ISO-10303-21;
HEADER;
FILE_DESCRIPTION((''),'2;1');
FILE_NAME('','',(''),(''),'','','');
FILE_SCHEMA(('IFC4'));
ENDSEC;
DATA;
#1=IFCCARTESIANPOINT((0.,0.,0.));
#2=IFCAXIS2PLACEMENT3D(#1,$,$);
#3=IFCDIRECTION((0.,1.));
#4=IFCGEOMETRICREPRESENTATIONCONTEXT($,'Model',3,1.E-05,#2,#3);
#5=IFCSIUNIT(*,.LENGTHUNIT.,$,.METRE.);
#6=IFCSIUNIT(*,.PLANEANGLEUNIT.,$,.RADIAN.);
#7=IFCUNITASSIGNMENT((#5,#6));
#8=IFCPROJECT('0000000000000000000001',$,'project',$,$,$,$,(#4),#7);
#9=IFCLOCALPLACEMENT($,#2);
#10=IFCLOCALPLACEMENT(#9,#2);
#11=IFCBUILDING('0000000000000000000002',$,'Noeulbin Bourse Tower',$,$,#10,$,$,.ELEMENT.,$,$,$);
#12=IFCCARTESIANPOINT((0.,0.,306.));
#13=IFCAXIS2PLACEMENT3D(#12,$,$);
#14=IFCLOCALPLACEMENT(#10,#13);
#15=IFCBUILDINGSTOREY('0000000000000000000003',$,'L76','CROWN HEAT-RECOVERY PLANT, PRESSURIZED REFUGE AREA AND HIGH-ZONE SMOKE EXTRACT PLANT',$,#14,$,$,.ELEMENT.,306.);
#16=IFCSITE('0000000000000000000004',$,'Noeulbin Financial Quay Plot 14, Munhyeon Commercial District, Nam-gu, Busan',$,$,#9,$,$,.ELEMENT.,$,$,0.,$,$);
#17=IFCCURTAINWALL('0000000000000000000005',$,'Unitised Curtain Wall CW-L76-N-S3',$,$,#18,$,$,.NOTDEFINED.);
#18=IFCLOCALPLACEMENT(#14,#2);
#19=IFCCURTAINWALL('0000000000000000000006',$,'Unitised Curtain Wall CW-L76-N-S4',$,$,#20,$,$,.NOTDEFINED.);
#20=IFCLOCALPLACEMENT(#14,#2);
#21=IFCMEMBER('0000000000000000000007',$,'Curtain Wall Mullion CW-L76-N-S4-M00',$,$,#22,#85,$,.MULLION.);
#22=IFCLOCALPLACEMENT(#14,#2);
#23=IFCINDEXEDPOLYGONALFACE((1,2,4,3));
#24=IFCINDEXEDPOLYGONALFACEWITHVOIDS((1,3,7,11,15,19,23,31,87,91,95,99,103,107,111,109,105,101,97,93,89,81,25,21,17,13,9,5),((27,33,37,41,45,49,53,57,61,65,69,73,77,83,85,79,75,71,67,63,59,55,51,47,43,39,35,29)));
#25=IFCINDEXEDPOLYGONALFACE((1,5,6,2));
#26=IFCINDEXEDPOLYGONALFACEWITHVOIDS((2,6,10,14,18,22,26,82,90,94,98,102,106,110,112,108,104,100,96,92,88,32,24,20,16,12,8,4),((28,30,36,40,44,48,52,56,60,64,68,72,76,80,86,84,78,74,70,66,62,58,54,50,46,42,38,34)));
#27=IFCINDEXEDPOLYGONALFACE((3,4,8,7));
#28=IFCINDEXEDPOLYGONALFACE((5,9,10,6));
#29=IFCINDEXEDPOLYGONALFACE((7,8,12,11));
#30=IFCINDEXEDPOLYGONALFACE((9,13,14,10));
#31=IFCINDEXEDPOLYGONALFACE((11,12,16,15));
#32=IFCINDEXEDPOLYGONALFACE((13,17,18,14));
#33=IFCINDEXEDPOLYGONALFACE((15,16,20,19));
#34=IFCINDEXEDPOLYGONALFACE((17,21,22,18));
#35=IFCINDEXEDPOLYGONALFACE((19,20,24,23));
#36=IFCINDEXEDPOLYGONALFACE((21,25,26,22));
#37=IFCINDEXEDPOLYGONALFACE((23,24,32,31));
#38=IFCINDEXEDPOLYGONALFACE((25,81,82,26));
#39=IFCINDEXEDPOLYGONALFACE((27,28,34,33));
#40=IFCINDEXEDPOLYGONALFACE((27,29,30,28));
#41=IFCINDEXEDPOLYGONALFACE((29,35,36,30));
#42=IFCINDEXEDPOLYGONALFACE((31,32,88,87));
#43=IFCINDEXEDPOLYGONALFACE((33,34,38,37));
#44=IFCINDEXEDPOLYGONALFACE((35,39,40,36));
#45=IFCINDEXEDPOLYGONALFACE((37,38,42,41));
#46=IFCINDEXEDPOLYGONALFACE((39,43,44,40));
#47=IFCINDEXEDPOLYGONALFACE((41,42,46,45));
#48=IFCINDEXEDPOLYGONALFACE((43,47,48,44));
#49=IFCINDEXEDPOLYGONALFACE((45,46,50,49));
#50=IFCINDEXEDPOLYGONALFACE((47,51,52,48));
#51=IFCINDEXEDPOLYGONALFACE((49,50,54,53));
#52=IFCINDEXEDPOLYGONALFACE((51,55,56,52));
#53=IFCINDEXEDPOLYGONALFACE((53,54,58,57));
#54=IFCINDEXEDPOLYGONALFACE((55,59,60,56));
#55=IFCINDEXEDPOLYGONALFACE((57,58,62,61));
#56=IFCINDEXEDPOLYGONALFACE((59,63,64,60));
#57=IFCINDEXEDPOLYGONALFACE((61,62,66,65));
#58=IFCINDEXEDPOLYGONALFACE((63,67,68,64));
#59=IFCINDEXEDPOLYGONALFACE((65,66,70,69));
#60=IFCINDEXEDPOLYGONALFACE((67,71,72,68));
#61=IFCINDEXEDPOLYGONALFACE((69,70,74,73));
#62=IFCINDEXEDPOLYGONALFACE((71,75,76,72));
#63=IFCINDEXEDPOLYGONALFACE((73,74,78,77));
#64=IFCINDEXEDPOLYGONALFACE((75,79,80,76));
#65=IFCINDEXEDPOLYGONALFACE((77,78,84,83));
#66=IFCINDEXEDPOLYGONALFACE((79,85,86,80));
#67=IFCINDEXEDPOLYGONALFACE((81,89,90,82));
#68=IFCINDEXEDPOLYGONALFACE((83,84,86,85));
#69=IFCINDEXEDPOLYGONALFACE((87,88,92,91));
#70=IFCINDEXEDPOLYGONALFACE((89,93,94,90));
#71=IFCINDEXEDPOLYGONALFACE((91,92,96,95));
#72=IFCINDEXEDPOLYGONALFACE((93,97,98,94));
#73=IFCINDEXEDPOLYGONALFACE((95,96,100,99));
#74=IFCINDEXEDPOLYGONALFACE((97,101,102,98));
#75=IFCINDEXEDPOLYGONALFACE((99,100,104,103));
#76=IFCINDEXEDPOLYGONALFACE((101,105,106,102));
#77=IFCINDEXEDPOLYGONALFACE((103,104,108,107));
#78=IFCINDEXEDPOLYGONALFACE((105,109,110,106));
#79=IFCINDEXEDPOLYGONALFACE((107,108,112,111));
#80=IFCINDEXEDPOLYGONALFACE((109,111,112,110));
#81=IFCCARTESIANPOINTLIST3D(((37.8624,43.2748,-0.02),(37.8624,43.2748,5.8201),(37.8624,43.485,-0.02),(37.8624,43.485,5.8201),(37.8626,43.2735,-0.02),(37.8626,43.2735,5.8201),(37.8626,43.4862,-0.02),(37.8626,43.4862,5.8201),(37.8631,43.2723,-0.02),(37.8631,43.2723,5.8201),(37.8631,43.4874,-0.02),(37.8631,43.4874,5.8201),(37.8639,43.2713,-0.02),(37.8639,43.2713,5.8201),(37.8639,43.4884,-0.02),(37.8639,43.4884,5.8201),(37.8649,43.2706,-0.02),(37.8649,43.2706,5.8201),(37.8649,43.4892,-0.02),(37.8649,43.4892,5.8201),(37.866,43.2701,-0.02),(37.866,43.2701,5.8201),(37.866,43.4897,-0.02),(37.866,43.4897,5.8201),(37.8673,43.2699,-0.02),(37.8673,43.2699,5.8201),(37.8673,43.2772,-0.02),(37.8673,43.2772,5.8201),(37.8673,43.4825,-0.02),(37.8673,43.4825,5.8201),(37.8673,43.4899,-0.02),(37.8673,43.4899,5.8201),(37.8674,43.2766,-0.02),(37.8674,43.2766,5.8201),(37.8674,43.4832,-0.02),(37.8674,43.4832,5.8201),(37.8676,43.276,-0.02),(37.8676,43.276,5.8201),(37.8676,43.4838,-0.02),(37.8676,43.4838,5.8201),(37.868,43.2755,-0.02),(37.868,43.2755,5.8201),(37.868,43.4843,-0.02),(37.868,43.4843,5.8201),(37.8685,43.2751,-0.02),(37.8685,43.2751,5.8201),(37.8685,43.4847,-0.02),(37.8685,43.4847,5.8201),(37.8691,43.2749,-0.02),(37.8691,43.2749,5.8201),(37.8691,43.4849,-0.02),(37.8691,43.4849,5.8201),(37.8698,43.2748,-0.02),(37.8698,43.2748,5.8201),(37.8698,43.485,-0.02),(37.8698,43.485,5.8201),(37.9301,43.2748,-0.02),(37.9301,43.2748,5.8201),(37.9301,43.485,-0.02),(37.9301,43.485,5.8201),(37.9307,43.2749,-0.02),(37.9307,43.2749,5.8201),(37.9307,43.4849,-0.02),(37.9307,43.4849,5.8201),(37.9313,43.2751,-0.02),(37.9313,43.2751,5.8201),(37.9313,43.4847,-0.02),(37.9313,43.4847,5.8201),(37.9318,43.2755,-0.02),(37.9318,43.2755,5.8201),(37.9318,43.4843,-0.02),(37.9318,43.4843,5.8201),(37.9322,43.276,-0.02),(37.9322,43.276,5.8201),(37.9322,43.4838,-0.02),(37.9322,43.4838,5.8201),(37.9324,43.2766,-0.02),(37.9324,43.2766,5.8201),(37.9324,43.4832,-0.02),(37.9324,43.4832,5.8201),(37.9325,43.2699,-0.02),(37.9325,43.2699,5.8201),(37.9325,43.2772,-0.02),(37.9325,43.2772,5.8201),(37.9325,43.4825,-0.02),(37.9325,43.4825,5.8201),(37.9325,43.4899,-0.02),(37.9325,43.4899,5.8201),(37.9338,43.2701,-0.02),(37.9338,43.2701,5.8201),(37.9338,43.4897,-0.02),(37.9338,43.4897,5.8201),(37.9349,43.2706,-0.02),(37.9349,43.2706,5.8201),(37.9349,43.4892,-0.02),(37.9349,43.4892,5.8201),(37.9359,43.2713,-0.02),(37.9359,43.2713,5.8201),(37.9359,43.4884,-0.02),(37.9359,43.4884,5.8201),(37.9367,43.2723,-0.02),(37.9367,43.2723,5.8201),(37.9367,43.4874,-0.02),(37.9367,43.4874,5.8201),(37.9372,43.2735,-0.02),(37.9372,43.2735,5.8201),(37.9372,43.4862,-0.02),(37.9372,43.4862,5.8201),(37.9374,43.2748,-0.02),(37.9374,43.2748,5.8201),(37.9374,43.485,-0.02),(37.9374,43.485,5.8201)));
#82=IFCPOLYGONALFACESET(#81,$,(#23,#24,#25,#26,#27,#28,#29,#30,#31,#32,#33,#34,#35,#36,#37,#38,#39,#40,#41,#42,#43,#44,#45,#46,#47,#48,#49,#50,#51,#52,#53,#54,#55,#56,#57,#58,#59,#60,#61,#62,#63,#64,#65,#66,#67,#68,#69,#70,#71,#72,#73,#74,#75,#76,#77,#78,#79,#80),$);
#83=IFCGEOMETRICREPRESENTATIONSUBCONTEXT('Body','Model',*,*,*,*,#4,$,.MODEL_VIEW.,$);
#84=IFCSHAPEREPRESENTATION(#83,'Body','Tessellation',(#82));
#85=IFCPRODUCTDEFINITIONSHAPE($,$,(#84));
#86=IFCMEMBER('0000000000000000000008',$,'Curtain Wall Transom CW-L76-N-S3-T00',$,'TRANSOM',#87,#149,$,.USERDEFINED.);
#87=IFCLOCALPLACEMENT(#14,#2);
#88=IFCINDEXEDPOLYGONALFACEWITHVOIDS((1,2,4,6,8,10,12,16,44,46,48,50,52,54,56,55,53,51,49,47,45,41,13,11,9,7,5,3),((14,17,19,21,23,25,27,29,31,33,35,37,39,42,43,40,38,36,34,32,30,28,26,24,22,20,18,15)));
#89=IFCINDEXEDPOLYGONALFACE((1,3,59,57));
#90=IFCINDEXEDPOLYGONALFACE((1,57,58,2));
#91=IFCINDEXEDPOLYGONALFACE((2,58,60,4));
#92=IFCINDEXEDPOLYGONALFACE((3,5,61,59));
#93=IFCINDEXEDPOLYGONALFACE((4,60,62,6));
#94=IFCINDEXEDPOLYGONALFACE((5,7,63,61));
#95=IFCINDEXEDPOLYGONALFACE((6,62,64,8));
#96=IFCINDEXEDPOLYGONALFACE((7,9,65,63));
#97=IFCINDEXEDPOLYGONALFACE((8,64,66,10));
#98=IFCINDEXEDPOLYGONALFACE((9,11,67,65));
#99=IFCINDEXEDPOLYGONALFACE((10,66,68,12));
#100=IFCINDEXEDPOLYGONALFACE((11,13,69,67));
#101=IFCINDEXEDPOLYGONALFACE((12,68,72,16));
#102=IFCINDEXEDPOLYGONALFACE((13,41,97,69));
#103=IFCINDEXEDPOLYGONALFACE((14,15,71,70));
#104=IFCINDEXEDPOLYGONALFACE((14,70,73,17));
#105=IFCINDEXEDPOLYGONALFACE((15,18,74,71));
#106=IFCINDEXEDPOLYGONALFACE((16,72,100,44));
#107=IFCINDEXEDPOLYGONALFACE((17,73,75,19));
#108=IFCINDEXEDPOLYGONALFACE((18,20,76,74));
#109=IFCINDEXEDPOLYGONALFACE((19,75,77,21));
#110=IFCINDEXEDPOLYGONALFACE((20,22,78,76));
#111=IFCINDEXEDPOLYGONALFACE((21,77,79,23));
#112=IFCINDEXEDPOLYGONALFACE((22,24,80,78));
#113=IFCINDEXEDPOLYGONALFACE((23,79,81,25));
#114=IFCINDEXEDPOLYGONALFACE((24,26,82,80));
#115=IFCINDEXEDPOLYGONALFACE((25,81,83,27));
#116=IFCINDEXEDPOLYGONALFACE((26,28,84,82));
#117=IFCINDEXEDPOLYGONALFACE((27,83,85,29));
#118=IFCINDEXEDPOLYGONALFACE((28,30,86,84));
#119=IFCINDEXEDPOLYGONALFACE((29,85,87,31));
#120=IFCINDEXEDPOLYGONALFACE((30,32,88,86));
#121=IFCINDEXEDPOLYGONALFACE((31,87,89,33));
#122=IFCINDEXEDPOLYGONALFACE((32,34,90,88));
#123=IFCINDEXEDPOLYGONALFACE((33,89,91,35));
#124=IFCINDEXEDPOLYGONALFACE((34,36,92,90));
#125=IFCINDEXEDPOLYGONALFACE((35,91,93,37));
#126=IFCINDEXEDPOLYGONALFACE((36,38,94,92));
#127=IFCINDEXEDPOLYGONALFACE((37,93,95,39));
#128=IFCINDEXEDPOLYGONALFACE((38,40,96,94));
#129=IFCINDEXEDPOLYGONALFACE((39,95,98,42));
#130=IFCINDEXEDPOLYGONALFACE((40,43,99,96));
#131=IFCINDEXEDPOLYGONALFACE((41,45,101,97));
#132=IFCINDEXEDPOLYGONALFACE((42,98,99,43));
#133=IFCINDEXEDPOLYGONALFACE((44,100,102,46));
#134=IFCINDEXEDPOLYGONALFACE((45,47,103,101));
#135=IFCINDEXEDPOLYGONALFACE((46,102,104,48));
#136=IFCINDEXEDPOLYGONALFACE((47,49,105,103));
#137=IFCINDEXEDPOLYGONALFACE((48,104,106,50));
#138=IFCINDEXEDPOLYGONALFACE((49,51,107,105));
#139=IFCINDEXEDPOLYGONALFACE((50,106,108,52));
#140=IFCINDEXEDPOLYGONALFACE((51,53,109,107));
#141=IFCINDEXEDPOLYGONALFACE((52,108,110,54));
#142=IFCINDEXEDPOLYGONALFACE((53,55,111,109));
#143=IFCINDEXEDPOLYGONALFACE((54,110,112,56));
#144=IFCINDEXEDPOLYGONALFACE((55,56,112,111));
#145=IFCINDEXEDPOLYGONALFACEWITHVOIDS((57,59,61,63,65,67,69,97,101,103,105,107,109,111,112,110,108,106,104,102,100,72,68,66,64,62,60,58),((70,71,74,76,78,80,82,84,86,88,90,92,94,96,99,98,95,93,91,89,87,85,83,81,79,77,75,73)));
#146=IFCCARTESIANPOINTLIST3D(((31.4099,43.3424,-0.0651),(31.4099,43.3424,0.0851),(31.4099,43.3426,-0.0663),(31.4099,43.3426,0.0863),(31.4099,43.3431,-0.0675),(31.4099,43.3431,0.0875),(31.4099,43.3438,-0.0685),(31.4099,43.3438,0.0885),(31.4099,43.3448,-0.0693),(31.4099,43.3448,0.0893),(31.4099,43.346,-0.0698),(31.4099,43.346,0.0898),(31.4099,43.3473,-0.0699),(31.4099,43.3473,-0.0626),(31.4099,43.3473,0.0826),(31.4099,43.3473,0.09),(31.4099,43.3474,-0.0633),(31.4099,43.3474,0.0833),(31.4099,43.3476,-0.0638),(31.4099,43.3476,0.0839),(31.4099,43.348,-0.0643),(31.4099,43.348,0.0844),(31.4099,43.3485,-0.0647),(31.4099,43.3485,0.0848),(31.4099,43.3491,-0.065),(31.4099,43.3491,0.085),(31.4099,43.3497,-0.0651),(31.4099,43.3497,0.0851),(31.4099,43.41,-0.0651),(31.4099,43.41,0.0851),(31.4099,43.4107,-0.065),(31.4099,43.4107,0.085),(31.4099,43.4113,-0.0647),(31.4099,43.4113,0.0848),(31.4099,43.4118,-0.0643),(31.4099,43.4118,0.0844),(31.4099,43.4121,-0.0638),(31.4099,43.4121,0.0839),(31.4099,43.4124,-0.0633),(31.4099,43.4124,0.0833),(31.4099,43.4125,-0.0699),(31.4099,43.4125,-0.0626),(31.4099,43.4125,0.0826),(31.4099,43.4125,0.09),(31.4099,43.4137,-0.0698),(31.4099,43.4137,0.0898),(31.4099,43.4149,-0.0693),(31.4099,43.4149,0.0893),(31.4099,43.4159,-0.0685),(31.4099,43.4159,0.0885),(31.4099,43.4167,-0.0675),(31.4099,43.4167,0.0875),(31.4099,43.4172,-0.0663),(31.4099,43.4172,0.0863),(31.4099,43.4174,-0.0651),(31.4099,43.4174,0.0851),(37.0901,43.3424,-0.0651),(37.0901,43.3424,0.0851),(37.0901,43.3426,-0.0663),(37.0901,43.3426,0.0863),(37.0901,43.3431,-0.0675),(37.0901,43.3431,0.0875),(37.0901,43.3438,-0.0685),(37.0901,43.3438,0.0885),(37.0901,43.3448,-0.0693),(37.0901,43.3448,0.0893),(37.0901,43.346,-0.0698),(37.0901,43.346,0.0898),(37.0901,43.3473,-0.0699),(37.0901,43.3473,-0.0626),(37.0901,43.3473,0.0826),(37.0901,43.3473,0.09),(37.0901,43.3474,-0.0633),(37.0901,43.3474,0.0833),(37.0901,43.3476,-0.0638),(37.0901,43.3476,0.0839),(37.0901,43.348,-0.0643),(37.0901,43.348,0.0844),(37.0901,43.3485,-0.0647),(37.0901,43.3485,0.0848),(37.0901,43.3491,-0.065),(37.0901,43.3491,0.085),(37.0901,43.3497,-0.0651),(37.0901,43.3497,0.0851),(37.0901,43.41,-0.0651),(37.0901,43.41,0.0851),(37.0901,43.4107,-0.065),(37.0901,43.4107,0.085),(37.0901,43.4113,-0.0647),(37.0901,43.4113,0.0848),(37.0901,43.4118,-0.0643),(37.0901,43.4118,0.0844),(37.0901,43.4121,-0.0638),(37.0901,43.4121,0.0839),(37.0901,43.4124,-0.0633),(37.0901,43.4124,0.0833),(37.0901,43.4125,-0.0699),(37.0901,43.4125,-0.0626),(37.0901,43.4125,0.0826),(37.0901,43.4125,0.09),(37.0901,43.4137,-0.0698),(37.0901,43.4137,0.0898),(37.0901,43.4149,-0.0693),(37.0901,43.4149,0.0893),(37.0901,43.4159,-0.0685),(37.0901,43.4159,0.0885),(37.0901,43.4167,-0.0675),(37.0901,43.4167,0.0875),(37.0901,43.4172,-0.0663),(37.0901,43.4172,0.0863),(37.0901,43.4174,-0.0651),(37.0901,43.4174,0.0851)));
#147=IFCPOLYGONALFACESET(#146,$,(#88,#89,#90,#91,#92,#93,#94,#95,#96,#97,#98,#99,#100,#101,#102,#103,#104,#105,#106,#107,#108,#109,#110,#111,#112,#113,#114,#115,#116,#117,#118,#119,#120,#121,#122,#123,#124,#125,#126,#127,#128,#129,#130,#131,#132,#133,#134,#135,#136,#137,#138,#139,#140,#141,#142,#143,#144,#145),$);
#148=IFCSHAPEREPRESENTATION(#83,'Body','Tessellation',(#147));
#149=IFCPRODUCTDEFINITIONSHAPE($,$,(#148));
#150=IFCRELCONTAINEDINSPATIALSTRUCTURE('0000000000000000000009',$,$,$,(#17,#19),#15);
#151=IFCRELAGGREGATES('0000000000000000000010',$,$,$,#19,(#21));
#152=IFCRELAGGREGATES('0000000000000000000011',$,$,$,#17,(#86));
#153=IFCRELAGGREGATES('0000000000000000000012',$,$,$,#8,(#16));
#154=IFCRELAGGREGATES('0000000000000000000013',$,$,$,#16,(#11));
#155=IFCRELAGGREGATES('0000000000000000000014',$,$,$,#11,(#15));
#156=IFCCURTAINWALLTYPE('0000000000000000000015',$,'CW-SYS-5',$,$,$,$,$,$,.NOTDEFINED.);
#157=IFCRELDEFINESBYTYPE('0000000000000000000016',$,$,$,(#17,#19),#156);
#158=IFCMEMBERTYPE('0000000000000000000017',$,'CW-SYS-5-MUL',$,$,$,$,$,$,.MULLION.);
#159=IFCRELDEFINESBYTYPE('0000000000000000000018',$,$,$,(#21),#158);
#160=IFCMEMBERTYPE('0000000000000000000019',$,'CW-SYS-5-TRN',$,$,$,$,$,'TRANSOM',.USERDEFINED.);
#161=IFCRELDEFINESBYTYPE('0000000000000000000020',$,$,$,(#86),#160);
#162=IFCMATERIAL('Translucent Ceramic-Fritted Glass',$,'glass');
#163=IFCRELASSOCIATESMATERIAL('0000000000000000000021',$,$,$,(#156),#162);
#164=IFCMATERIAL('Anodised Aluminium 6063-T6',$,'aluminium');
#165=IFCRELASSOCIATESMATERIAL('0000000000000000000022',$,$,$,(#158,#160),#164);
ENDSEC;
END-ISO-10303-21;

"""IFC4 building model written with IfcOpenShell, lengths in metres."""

from ifc_helpers import new_model, si_unit, direction, frame, origin, origin_2d, place, context, subcontext, project, spatial, hollow_rectangle, extrude, material, material_profile, profile_set, type_object, element, aggregate, save


model = new_model("IFC4")

# Units and contexts
model_context = context("Model", 3, precision=1e-05, world=origin(), true_north=direction((0.0, 1.0)))
body_context = subcontext(model_context, "Body", "Model", "MODEL_VIEW")
ifc_project = project(units=[si_unit("LENGTHUNIT", "METRE"), si_unit("PLANEANGLEUNIT", "RADIAN")], contexts=[model_context])

# Site, building, storey
site_placement = place(None, origin())
site = spatial("IfcSite", under=ifc_project, at=site_placement, Name="Noeulbin Financial Quay Plot 14, Munhyeon Commercial District, Nam-gu, Busan", CompositionType="ELEMENT", RefElevation=0.0)
building_placement = place(site_placement, origin())
building = spatial("IfcBuilding", under=site, at=building_placement, Name="Noeulbin Bourse Tower", CompositionType="ELEMENT")
storey_placement = place(building_placement, frame((0.0, 0.0, 306.0)))
storey = spatial("IfcBuildingStorey", under=building, at=storey_placement, Name="L76", Description="CROWN HEAT-RECOVERY PLANT, PRESSURIZED REFUGE AREA AND HIGH-ZONE SMOKE EXTRACT PLANT", CompositionType="ELEMENT", Elevation=306.0)

# Curtain wall
ifc_material_1 = material(Name="Translucent Ceramic-Fritted Glass", Category="glass")
curtain_wall_type = type_object("IfcCurtainWallType", Name="CW-SYS-5", PredefinedType="NOTDEFINED", material=ifc_material_1)
curtain_wall_1_placement = place(storey_placement, origin())
curtain_wall_1 = element("IfcCurtainWall", 1, at=curtain_wall_1_placement, inside=storey, type_object=curtain_wall_type, Name="Unitised Curtain Wall CW-L76-N-S3", PredefinedType="NOTDEFINED")
ifc_material_2 = material(Name="Anodised Aluminium 6063-T6", Category="aluminium")
ifc_material_profile_1 = material_profile(ifc_material_2, hollow_rectangle(XDim=0.075, YDim=0.22, WallThickness=0.0049, InnerFilletRadius=0.0024, OuterFilletRadius=0.0049, at=origin_2d()), Name="ALU-MULL-75x220x5", Category="LoadBearing")
ifc_profile_set_1 = profile_set([ifc_material_profile_1], Name="Anodised Aluminium 6063-T6")
member_type_1 = type_object("IfcMemberType", Name="CW-SYS-5-MUL", PredefinedType="MULLION", material=ifc_profile_set_1)

# Curtain wall, member
curtain_wall_2_placement = place(storey_placement, origin())
curtain_wall_2 = element("IfcCurtainWall", 2, at=curtain_wall_2_placement, inside=storey, type_object=curtain_wall_type, Name="Unitised Curtain Wall CW-L76-N-S4", PredefinedType="NOTDEFINED")
member_1_placement = place(storey_placement, frame((37.8999, 43.3799, -0.02), z_axis=(0.0, 0.0, 1.0), x_axis=(1.0, 0.0, 0.0)))
member_1 = element("IfcMember", 3, at=member_1_placement, type_object=member_type_1, Name="Curtain Wall Mullion CW-L76-N-S4-M00", PredefinedType="MULLION", context=body_context, shape_type="SweptSolid", body=[
    extrude(hollow_rectangle(XDim=0.075, YDim=0.22, WallThickness=0.0049, InnerFilletRadius=0.0024, OuterFilletRadius=0.0049, at=origin_2d()), origin(), (0.0, 0.0, 1.0), 5.8401),
])

# Member
ifc_material_profile_2 = material_profile(ifc_material_2, hollow_rectangle(XDim=0.075, YDim=0.1599, WallThickness=0.0049, InnerFilletRadius=0.0024, OuterFilletRadius=0.0049, at=origin_2d()), Name="ALU-TRAN-75x160x5", Category="LoadBearing")
ifc_profile_set_2 = profile_set([ifc_material_profile_2], Name="Anodised Aluminium 6063-T6")
member_type_2 = type_object("IfcMemberType", Name="CW-SYS-5-TRN", ElementType="TRANSOM", PredefinedType="USERDEFINED", material=ifc_profile_set_2)
member_2_placement = place(storey_placement, frame((31.4099, 43.3799, 0.01), z_axis=(1.0, 0.0, 0.0), x_axis=(0.0, 1.0, 0.0)))
member_2 = element("IfcMember", 4, at=member_2_placement, type_object=member_type_2, Name="Curtain Wall Transom CW-L76-N-S3-T00", ObjectType="TRANSOM", PredefinedType="USERDEFINED", context=body_context, shape_type="SweptSolid", body=[
    extrude(hollow_rectangle(XDim=0.075, YDim=0.1599, WallThickness=0.0049, InnerFilletRadius=0.0024, OuterFilletRadius=0.0049, at=origin_2d()), origin(), (0.0, 0.0, 1.0), 5.6802),
])
aggregate(curtain_wall_2, [member_1])

aggregate(curtain_wall_1, [member_2])

save(model, "model.ifc")
